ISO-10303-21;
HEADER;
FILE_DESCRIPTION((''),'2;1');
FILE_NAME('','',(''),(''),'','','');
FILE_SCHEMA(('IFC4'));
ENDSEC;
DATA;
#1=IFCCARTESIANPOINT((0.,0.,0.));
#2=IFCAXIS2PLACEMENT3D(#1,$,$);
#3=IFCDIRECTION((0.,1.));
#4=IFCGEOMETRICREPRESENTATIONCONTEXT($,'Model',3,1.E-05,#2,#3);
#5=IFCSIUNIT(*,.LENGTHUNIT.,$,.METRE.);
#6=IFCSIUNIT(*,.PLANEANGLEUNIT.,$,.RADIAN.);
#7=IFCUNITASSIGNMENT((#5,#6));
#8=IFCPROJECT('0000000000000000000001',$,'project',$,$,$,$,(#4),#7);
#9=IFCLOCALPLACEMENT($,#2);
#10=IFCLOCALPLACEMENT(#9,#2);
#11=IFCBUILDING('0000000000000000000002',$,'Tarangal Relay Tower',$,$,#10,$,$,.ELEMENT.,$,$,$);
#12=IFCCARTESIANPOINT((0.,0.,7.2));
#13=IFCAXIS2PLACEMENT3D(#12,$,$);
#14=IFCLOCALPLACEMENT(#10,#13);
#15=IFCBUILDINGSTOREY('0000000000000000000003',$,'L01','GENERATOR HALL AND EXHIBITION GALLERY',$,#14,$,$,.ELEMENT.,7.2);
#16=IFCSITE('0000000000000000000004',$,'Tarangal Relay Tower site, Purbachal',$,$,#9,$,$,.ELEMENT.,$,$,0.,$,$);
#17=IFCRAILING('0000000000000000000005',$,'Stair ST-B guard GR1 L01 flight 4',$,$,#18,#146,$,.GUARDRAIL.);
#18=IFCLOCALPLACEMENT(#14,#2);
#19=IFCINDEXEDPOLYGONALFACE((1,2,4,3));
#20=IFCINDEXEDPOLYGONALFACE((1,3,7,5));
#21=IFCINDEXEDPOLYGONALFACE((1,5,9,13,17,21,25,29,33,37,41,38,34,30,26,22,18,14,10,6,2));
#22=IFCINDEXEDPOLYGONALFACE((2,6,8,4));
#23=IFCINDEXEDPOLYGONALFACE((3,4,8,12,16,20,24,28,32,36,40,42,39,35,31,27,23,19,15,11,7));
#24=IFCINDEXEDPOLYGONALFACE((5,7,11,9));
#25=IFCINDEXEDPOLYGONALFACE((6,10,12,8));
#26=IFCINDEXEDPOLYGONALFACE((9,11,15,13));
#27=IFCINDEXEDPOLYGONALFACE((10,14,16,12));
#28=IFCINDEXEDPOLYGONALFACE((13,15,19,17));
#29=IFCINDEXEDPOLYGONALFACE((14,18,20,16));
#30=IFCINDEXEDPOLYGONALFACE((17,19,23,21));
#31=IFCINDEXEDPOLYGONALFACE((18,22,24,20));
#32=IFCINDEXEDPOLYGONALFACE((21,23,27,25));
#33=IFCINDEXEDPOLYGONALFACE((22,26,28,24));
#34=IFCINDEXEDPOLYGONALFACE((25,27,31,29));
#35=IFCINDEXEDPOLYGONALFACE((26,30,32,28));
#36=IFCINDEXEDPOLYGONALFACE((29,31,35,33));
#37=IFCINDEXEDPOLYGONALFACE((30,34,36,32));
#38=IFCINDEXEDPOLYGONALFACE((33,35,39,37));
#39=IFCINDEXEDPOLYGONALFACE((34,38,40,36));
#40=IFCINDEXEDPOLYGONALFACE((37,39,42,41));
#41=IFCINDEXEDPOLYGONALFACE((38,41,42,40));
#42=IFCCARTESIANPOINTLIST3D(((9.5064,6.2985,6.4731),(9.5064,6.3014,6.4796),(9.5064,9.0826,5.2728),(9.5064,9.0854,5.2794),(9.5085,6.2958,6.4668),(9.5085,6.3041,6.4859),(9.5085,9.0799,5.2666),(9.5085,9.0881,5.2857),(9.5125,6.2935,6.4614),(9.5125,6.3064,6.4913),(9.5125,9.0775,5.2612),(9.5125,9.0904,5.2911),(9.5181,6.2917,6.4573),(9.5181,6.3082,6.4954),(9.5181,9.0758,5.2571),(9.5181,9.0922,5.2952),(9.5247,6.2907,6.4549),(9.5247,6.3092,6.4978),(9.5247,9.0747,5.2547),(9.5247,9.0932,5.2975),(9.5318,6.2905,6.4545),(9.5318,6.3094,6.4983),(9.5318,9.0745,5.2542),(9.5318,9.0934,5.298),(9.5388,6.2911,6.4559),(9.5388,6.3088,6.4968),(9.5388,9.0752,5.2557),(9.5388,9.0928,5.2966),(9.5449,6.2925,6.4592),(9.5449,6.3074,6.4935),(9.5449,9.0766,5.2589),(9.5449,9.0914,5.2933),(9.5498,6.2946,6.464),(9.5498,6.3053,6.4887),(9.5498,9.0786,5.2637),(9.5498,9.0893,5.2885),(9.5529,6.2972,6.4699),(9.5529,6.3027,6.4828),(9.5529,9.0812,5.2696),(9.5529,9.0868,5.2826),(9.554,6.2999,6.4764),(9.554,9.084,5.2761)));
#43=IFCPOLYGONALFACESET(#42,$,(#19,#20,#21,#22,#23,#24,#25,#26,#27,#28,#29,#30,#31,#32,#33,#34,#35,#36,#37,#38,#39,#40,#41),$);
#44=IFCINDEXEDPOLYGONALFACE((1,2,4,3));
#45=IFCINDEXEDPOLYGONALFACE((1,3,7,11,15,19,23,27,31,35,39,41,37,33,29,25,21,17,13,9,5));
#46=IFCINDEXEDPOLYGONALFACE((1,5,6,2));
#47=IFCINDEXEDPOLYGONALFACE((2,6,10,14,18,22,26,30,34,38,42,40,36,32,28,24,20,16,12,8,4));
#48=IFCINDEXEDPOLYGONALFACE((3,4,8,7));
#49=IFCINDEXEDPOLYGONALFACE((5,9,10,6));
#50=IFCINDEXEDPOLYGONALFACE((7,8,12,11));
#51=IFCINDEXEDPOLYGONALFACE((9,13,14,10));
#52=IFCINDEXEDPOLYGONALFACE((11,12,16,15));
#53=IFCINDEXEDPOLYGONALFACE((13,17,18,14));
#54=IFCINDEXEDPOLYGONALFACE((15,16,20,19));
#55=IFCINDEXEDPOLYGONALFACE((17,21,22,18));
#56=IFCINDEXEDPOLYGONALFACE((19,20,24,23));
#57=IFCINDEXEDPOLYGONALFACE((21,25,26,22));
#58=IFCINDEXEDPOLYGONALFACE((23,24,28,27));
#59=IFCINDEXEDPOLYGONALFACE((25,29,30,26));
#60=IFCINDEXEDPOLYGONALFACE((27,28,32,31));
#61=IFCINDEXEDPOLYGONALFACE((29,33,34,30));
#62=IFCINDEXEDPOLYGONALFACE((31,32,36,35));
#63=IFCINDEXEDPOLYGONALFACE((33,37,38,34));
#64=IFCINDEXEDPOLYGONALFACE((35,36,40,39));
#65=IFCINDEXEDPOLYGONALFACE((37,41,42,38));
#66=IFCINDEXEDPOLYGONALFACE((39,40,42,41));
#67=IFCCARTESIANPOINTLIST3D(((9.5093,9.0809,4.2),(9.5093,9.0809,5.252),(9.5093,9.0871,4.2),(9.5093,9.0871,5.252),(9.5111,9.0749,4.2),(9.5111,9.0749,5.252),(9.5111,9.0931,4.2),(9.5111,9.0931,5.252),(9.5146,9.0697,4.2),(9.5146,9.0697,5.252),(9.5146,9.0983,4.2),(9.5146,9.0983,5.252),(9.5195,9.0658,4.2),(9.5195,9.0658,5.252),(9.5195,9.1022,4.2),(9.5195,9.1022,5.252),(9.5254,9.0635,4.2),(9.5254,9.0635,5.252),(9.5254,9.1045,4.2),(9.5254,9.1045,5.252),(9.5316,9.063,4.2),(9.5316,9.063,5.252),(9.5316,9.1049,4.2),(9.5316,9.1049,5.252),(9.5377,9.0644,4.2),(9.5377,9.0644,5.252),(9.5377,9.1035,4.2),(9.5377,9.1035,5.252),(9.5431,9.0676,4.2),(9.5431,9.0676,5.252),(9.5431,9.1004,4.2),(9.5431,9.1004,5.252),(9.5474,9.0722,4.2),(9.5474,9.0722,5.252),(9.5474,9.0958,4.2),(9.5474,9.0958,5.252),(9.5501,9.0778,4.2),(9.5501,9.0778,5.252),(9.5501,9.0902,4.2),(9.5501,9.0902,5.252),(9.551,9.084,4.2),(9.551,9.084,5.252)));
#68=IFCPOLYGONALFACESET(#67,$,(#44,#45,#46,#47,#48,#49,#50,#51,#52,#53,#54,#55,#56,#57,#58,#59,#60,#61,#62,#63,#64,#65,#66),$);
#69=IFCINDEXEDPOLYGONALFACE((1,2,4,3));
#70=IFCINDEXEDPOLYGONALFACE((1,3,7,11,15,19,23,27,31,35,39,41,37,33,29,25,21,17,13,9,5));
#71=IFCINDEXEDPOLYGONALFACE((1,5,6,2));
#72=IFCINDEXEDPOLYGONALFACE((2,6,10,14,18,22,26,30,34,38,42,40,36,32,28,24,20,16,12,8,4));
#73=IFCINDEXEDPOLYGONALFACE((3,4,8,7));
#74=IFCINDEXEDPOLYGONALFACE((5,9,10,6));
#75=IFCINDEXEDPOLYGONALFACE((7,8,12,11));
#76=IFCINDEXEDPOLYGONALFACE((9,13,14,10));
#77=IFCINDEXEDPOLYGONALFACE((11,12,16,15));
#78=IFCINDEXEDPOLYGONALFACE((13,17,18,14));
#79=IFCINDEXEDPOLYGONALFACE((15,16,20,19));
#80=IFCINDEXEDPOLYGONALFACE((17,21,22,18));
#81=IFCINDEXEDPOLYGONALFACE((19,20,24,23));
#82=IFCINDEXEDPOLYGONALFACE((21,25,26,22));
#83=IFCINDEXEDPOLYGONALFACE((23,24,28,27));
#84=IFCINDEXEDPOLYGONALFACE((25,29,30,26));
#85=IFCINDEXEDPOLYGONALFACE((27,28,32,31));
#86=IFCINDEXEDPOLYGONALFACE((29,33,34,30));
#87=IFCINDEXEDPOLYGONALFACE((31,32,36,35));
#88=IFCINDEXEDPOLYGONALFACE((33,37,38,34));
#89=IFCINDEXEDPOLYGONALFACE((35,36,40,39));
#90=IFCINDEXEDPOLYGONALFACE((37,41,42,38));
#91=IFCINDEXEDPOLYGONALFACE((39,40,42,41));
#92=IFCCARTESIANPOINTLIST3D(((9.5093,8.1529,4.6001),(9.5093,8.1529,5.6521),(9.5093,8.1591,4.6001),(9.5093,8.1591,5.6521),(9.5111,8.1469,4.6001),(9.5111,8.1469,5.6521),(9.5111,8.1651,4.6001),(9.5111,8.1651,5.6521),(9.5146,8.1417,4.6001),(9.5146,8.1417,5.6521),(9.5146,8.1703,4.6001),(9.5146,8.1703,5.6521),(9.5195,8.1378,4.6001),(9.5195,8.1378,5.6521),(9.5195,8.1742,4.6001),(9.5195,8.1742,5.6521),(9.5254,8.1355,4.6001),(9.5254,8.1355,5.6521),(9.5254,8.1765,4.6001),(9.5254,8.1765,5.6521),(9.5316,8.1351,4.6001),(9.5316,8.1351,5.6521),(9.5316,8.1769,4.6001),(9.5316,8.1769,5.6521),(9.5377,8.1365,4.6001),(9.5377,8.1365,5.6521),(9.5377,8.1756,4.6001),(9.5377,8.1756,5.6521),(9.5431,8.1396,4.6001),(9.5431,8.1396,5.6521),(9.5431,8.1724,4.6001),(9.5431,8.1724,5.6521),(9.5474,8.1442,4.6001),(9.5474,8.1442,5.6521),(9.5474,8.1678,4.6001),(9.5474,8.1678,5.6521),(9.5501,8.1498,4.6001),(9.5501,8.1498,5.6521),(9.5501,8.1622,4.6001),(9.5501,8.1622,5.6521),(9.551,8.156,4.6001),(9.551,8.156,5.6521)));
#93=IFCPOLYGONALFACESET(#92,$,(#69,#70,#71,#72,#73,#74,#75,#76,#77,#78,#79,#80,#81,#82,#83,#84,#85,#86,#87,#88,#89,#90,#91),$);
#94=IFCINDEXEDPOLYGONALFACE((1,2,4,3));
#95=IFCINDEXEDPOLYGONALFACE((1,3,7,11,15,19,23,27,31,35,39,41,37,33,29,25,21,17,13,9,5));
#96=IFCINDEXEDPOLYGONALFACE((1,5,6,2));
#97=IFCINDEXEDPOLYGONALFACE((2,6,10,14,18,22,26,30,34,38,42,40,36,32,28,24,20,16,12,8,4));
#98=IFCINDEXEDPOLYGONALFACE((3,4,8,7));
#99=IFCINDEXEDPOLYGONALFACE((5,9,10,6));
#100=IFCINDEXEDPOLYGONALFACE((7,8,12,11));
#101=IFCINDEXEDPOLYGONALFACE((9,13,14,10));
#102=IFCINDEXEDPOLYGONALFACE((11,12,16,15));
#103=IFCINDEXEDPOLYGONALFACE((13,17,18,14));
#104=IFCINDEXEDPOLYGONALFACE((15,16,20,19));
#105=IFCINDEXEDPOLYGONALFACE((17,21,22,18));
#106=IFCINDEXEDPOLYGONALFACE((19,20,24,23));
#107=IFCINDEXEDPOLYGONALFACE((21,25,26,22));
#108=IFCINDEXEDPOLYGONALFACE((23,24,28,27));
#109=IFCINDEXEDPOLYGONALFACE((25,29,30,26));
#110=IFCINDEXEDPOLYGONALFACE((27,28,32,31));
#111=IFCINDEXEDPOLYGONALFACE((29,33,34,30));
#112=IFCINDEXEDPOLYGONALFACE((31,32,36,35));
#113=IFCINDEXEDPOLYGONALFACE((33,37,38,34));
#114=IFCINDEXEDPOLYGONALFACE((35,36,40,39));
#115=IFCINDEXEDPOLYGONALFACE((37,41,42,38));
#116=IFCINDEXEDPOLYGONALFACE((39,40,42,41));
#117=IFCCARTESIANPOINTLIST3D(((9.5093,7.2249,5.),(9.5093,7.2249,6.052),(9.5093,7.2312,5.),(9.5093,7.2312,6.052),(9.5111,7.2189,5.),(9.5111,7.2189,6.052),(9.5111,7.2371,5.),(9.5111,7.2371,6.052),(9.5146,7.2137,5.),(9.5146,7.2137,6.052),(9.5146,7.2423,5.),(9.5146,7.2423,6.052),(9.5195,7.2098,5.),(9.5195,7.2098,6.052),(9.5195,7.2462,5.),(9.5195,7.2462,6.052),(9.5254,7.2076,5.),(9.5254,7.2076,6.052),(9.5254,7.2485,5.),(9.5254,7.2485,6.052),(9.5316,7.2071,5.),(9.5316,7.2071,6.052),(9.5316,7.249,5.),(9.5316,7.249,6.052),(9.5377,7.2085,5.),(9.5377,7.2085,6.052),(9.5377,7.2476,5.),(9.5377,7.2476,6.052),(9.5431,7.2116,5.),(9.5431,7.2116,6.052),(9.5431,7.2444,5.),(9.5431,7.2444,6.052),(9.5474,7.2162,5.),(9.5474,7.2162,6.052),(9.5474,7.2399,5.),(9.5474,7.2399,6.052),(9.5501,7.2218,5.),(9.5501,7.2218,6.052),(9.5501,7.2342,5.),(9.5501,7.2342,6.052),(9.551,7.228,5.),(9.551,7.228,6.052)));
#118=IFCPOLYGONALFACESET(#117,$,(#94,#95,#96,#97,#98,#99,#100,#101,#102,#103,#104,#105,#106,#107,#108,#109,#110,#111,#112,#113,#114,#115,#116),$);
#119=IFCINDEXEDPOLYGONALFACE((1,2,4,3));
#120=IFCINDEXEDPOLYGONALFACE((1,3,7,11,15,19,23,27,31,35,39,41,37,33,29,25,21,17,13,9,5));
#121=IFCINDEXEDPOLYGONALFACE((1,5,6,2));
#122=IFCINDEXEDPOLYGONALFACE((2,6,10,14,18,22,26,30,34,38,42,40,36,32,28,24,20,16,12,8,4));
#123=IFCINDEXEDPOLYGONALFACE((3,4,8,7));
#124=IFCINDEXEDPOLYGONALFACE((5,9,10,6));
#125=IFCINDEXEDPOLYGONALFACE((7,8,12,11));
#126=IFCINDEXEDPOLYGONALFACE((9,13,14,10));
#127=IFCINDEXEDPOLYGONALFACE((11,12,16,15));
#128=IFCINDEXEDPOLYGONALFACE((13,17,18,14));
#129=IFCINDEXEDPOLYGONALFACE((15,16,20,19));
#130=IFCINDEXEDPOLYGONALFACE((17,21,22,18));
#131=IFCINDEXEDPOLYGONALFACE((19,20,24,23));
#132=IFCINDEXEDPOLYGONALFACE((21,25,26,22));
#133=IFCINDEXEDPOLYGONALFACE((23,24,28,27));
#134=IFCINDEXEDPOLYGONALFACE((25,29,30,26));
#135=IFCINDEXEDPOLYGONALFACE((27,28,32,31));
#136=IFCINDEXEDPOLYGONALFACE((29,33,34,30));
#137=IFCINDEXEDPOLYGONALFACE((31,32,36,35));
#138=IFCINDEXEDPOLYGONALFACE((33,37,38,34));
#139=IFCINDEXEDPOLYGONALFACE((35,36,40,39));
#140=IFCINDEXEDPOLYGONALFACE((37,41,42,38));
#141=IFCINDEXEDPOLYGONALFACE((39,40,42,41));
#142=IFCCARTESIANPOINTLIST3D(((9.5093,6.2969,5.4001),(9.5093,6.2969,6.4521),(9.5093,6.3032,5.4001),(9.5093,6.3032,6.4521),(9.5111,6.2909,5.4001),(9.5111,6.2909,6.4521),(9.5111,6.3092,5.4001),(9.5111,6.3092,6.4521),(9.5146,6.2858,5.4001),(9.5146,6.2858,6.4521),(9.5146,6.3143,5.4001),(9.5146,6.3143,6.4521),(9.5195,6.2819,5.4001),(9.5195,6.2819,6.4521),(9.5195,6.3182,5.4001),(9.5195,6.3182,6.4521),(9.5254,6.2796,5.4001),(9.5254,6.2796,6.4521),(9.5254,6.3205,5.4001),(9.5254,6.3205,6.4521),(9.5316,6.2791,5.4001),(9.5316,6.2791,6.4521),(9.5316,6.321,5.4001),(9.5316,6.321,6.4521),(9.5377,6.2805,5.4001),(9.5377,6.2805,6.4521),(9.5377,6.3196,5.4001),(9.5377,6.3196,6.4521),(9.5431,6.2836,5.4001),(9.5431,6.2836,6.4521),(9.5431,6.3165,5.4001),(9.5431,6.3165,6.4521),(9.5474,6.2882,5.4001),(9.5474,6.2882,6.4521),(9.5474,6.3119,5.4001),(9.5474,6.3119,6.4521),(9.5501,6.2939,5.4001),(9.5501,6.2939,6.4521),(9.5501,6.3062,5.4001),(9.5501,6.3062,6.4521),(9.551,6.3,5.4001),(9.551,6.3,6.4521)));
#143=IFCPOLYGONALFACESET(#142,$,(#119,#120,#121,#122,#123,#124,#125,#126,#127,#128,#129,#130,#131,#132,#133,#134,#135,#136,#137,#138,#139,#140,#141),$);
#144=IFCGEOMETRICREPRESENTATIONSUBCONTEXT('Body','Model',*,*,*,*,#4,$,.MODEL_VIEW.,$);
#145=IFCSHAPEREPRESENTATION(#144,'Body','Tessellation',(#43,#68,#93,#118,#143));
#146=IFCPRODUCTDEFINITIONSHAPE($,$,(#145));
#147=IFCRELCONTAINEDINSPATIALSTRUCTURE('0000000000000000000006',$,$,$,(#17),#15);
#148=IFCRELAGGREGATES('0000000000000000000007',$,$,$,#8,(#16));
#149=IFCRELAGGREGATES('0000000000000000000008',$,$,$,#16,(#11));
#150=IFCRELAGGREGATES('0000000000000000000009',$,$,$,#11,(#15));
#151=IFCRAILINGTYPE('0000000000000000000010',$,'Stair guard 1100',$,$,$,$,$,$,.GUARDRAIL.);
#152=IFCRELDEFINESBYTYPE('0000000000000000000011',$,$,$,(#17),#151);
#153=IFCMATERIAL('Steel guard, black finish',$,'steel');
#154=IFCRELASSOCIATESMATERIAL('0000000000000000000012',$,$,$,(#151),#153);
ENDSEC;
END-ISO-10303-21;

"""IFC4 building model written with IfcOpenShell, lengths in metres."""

from ifc_helpers import new_model, si_unit, direction, frame, origin, origin_2d, place, context, subcontext, project, spatial, circle, extrude, material, type_object, element, save


model = new_model("IFC4")

# Units and contexts
model_context = context("Model", 3, precision=1e-05, world=origin(), true_north=direction((0.0, 1.0)))
body_context = subcontext(model_context, "Body", "Model", "MODEL_VIEW")
ifc_project = project(units=[si_unit("LENGTHUNIT", "METRE"), si_unit("PLANEANGLEUNIT", "RADIAN")], contexts=[model_context])

# Site, building, storey
site_placement = place(None, origin())
site = spatial("IfcSite", under=ifc_project, at=site_placement, Name="Tarangal Relay Tower site, Purbachal", CompositionType="ELEMENT", RefElevation=0.0)
building_placement = place(site_placement, origin())
building = spatial("IfcBuilding", under=site, at=building_placement, Name="Tarangal Relay Tower", CompositionType="ELEMENT")
storey_placement = place(building_placement, frame((0.0, 0.0, 7.2)))
storey = spatial("IfcBuildingStorey", under=building, at=storey_placement, Name="L01", Description="GENERATOR HALL AND EXHIBITION GALLERY", CompositionType="ELEMENT", Elevation=7.2)

# Railing
ifc_material_1 = material(Name="Steel guard, black finish", Category="steel")
railing_type_1 = type_object("IfcRailingType", Name="Stair guard 1100", PredefinedType="GUARDRAIL", material=ifc_material_1)
railing_1_placement = place(storey_placement, frame((9.53, 9.084, 4.2)))
element("IfcRailing", 1, at=railing_1_placement, inside=storey, type_object=railing_type_1, Name="Stair ST-B guard GR1 L01 flight 4", PredefinedType="GUARDRAIL", context=body_context, shape_type="SweptSolid", body=[
    extrude(circle(Radius=0.0239, at=origin_2d()), frame((0.0, 0.0, 1.0762), z_axis=(0.0, -0.918297, 0.395891), x_axis=(1.0, 0.0, 0.0)), (0.0, 0.0, 1.0), 3.0317),
    extrude(circle(Radius=0.021, at=origin_2d()), origin(), (0.0, 0.0, 1.0), 1.052),
    extrude(circle(Radius=0.021, at=origin_2d()), frame((0.0, -0.928, 0.4001)), (0.0, 0.0, 1.0), 1.052),
    extrude(circle(Radius=0.021, at=origin_2d()), frame((0.0, -1.856, 0.8)), (0.0, 0.0, 1.0), 1.052),
    extrude(circle(Radius=0.021, at=origin_2d()), frame((0.0, -2.7839, 1.2002)), (0.0, 0.0, 1.0), 1.052),
])

save(model, "model.ifc")
